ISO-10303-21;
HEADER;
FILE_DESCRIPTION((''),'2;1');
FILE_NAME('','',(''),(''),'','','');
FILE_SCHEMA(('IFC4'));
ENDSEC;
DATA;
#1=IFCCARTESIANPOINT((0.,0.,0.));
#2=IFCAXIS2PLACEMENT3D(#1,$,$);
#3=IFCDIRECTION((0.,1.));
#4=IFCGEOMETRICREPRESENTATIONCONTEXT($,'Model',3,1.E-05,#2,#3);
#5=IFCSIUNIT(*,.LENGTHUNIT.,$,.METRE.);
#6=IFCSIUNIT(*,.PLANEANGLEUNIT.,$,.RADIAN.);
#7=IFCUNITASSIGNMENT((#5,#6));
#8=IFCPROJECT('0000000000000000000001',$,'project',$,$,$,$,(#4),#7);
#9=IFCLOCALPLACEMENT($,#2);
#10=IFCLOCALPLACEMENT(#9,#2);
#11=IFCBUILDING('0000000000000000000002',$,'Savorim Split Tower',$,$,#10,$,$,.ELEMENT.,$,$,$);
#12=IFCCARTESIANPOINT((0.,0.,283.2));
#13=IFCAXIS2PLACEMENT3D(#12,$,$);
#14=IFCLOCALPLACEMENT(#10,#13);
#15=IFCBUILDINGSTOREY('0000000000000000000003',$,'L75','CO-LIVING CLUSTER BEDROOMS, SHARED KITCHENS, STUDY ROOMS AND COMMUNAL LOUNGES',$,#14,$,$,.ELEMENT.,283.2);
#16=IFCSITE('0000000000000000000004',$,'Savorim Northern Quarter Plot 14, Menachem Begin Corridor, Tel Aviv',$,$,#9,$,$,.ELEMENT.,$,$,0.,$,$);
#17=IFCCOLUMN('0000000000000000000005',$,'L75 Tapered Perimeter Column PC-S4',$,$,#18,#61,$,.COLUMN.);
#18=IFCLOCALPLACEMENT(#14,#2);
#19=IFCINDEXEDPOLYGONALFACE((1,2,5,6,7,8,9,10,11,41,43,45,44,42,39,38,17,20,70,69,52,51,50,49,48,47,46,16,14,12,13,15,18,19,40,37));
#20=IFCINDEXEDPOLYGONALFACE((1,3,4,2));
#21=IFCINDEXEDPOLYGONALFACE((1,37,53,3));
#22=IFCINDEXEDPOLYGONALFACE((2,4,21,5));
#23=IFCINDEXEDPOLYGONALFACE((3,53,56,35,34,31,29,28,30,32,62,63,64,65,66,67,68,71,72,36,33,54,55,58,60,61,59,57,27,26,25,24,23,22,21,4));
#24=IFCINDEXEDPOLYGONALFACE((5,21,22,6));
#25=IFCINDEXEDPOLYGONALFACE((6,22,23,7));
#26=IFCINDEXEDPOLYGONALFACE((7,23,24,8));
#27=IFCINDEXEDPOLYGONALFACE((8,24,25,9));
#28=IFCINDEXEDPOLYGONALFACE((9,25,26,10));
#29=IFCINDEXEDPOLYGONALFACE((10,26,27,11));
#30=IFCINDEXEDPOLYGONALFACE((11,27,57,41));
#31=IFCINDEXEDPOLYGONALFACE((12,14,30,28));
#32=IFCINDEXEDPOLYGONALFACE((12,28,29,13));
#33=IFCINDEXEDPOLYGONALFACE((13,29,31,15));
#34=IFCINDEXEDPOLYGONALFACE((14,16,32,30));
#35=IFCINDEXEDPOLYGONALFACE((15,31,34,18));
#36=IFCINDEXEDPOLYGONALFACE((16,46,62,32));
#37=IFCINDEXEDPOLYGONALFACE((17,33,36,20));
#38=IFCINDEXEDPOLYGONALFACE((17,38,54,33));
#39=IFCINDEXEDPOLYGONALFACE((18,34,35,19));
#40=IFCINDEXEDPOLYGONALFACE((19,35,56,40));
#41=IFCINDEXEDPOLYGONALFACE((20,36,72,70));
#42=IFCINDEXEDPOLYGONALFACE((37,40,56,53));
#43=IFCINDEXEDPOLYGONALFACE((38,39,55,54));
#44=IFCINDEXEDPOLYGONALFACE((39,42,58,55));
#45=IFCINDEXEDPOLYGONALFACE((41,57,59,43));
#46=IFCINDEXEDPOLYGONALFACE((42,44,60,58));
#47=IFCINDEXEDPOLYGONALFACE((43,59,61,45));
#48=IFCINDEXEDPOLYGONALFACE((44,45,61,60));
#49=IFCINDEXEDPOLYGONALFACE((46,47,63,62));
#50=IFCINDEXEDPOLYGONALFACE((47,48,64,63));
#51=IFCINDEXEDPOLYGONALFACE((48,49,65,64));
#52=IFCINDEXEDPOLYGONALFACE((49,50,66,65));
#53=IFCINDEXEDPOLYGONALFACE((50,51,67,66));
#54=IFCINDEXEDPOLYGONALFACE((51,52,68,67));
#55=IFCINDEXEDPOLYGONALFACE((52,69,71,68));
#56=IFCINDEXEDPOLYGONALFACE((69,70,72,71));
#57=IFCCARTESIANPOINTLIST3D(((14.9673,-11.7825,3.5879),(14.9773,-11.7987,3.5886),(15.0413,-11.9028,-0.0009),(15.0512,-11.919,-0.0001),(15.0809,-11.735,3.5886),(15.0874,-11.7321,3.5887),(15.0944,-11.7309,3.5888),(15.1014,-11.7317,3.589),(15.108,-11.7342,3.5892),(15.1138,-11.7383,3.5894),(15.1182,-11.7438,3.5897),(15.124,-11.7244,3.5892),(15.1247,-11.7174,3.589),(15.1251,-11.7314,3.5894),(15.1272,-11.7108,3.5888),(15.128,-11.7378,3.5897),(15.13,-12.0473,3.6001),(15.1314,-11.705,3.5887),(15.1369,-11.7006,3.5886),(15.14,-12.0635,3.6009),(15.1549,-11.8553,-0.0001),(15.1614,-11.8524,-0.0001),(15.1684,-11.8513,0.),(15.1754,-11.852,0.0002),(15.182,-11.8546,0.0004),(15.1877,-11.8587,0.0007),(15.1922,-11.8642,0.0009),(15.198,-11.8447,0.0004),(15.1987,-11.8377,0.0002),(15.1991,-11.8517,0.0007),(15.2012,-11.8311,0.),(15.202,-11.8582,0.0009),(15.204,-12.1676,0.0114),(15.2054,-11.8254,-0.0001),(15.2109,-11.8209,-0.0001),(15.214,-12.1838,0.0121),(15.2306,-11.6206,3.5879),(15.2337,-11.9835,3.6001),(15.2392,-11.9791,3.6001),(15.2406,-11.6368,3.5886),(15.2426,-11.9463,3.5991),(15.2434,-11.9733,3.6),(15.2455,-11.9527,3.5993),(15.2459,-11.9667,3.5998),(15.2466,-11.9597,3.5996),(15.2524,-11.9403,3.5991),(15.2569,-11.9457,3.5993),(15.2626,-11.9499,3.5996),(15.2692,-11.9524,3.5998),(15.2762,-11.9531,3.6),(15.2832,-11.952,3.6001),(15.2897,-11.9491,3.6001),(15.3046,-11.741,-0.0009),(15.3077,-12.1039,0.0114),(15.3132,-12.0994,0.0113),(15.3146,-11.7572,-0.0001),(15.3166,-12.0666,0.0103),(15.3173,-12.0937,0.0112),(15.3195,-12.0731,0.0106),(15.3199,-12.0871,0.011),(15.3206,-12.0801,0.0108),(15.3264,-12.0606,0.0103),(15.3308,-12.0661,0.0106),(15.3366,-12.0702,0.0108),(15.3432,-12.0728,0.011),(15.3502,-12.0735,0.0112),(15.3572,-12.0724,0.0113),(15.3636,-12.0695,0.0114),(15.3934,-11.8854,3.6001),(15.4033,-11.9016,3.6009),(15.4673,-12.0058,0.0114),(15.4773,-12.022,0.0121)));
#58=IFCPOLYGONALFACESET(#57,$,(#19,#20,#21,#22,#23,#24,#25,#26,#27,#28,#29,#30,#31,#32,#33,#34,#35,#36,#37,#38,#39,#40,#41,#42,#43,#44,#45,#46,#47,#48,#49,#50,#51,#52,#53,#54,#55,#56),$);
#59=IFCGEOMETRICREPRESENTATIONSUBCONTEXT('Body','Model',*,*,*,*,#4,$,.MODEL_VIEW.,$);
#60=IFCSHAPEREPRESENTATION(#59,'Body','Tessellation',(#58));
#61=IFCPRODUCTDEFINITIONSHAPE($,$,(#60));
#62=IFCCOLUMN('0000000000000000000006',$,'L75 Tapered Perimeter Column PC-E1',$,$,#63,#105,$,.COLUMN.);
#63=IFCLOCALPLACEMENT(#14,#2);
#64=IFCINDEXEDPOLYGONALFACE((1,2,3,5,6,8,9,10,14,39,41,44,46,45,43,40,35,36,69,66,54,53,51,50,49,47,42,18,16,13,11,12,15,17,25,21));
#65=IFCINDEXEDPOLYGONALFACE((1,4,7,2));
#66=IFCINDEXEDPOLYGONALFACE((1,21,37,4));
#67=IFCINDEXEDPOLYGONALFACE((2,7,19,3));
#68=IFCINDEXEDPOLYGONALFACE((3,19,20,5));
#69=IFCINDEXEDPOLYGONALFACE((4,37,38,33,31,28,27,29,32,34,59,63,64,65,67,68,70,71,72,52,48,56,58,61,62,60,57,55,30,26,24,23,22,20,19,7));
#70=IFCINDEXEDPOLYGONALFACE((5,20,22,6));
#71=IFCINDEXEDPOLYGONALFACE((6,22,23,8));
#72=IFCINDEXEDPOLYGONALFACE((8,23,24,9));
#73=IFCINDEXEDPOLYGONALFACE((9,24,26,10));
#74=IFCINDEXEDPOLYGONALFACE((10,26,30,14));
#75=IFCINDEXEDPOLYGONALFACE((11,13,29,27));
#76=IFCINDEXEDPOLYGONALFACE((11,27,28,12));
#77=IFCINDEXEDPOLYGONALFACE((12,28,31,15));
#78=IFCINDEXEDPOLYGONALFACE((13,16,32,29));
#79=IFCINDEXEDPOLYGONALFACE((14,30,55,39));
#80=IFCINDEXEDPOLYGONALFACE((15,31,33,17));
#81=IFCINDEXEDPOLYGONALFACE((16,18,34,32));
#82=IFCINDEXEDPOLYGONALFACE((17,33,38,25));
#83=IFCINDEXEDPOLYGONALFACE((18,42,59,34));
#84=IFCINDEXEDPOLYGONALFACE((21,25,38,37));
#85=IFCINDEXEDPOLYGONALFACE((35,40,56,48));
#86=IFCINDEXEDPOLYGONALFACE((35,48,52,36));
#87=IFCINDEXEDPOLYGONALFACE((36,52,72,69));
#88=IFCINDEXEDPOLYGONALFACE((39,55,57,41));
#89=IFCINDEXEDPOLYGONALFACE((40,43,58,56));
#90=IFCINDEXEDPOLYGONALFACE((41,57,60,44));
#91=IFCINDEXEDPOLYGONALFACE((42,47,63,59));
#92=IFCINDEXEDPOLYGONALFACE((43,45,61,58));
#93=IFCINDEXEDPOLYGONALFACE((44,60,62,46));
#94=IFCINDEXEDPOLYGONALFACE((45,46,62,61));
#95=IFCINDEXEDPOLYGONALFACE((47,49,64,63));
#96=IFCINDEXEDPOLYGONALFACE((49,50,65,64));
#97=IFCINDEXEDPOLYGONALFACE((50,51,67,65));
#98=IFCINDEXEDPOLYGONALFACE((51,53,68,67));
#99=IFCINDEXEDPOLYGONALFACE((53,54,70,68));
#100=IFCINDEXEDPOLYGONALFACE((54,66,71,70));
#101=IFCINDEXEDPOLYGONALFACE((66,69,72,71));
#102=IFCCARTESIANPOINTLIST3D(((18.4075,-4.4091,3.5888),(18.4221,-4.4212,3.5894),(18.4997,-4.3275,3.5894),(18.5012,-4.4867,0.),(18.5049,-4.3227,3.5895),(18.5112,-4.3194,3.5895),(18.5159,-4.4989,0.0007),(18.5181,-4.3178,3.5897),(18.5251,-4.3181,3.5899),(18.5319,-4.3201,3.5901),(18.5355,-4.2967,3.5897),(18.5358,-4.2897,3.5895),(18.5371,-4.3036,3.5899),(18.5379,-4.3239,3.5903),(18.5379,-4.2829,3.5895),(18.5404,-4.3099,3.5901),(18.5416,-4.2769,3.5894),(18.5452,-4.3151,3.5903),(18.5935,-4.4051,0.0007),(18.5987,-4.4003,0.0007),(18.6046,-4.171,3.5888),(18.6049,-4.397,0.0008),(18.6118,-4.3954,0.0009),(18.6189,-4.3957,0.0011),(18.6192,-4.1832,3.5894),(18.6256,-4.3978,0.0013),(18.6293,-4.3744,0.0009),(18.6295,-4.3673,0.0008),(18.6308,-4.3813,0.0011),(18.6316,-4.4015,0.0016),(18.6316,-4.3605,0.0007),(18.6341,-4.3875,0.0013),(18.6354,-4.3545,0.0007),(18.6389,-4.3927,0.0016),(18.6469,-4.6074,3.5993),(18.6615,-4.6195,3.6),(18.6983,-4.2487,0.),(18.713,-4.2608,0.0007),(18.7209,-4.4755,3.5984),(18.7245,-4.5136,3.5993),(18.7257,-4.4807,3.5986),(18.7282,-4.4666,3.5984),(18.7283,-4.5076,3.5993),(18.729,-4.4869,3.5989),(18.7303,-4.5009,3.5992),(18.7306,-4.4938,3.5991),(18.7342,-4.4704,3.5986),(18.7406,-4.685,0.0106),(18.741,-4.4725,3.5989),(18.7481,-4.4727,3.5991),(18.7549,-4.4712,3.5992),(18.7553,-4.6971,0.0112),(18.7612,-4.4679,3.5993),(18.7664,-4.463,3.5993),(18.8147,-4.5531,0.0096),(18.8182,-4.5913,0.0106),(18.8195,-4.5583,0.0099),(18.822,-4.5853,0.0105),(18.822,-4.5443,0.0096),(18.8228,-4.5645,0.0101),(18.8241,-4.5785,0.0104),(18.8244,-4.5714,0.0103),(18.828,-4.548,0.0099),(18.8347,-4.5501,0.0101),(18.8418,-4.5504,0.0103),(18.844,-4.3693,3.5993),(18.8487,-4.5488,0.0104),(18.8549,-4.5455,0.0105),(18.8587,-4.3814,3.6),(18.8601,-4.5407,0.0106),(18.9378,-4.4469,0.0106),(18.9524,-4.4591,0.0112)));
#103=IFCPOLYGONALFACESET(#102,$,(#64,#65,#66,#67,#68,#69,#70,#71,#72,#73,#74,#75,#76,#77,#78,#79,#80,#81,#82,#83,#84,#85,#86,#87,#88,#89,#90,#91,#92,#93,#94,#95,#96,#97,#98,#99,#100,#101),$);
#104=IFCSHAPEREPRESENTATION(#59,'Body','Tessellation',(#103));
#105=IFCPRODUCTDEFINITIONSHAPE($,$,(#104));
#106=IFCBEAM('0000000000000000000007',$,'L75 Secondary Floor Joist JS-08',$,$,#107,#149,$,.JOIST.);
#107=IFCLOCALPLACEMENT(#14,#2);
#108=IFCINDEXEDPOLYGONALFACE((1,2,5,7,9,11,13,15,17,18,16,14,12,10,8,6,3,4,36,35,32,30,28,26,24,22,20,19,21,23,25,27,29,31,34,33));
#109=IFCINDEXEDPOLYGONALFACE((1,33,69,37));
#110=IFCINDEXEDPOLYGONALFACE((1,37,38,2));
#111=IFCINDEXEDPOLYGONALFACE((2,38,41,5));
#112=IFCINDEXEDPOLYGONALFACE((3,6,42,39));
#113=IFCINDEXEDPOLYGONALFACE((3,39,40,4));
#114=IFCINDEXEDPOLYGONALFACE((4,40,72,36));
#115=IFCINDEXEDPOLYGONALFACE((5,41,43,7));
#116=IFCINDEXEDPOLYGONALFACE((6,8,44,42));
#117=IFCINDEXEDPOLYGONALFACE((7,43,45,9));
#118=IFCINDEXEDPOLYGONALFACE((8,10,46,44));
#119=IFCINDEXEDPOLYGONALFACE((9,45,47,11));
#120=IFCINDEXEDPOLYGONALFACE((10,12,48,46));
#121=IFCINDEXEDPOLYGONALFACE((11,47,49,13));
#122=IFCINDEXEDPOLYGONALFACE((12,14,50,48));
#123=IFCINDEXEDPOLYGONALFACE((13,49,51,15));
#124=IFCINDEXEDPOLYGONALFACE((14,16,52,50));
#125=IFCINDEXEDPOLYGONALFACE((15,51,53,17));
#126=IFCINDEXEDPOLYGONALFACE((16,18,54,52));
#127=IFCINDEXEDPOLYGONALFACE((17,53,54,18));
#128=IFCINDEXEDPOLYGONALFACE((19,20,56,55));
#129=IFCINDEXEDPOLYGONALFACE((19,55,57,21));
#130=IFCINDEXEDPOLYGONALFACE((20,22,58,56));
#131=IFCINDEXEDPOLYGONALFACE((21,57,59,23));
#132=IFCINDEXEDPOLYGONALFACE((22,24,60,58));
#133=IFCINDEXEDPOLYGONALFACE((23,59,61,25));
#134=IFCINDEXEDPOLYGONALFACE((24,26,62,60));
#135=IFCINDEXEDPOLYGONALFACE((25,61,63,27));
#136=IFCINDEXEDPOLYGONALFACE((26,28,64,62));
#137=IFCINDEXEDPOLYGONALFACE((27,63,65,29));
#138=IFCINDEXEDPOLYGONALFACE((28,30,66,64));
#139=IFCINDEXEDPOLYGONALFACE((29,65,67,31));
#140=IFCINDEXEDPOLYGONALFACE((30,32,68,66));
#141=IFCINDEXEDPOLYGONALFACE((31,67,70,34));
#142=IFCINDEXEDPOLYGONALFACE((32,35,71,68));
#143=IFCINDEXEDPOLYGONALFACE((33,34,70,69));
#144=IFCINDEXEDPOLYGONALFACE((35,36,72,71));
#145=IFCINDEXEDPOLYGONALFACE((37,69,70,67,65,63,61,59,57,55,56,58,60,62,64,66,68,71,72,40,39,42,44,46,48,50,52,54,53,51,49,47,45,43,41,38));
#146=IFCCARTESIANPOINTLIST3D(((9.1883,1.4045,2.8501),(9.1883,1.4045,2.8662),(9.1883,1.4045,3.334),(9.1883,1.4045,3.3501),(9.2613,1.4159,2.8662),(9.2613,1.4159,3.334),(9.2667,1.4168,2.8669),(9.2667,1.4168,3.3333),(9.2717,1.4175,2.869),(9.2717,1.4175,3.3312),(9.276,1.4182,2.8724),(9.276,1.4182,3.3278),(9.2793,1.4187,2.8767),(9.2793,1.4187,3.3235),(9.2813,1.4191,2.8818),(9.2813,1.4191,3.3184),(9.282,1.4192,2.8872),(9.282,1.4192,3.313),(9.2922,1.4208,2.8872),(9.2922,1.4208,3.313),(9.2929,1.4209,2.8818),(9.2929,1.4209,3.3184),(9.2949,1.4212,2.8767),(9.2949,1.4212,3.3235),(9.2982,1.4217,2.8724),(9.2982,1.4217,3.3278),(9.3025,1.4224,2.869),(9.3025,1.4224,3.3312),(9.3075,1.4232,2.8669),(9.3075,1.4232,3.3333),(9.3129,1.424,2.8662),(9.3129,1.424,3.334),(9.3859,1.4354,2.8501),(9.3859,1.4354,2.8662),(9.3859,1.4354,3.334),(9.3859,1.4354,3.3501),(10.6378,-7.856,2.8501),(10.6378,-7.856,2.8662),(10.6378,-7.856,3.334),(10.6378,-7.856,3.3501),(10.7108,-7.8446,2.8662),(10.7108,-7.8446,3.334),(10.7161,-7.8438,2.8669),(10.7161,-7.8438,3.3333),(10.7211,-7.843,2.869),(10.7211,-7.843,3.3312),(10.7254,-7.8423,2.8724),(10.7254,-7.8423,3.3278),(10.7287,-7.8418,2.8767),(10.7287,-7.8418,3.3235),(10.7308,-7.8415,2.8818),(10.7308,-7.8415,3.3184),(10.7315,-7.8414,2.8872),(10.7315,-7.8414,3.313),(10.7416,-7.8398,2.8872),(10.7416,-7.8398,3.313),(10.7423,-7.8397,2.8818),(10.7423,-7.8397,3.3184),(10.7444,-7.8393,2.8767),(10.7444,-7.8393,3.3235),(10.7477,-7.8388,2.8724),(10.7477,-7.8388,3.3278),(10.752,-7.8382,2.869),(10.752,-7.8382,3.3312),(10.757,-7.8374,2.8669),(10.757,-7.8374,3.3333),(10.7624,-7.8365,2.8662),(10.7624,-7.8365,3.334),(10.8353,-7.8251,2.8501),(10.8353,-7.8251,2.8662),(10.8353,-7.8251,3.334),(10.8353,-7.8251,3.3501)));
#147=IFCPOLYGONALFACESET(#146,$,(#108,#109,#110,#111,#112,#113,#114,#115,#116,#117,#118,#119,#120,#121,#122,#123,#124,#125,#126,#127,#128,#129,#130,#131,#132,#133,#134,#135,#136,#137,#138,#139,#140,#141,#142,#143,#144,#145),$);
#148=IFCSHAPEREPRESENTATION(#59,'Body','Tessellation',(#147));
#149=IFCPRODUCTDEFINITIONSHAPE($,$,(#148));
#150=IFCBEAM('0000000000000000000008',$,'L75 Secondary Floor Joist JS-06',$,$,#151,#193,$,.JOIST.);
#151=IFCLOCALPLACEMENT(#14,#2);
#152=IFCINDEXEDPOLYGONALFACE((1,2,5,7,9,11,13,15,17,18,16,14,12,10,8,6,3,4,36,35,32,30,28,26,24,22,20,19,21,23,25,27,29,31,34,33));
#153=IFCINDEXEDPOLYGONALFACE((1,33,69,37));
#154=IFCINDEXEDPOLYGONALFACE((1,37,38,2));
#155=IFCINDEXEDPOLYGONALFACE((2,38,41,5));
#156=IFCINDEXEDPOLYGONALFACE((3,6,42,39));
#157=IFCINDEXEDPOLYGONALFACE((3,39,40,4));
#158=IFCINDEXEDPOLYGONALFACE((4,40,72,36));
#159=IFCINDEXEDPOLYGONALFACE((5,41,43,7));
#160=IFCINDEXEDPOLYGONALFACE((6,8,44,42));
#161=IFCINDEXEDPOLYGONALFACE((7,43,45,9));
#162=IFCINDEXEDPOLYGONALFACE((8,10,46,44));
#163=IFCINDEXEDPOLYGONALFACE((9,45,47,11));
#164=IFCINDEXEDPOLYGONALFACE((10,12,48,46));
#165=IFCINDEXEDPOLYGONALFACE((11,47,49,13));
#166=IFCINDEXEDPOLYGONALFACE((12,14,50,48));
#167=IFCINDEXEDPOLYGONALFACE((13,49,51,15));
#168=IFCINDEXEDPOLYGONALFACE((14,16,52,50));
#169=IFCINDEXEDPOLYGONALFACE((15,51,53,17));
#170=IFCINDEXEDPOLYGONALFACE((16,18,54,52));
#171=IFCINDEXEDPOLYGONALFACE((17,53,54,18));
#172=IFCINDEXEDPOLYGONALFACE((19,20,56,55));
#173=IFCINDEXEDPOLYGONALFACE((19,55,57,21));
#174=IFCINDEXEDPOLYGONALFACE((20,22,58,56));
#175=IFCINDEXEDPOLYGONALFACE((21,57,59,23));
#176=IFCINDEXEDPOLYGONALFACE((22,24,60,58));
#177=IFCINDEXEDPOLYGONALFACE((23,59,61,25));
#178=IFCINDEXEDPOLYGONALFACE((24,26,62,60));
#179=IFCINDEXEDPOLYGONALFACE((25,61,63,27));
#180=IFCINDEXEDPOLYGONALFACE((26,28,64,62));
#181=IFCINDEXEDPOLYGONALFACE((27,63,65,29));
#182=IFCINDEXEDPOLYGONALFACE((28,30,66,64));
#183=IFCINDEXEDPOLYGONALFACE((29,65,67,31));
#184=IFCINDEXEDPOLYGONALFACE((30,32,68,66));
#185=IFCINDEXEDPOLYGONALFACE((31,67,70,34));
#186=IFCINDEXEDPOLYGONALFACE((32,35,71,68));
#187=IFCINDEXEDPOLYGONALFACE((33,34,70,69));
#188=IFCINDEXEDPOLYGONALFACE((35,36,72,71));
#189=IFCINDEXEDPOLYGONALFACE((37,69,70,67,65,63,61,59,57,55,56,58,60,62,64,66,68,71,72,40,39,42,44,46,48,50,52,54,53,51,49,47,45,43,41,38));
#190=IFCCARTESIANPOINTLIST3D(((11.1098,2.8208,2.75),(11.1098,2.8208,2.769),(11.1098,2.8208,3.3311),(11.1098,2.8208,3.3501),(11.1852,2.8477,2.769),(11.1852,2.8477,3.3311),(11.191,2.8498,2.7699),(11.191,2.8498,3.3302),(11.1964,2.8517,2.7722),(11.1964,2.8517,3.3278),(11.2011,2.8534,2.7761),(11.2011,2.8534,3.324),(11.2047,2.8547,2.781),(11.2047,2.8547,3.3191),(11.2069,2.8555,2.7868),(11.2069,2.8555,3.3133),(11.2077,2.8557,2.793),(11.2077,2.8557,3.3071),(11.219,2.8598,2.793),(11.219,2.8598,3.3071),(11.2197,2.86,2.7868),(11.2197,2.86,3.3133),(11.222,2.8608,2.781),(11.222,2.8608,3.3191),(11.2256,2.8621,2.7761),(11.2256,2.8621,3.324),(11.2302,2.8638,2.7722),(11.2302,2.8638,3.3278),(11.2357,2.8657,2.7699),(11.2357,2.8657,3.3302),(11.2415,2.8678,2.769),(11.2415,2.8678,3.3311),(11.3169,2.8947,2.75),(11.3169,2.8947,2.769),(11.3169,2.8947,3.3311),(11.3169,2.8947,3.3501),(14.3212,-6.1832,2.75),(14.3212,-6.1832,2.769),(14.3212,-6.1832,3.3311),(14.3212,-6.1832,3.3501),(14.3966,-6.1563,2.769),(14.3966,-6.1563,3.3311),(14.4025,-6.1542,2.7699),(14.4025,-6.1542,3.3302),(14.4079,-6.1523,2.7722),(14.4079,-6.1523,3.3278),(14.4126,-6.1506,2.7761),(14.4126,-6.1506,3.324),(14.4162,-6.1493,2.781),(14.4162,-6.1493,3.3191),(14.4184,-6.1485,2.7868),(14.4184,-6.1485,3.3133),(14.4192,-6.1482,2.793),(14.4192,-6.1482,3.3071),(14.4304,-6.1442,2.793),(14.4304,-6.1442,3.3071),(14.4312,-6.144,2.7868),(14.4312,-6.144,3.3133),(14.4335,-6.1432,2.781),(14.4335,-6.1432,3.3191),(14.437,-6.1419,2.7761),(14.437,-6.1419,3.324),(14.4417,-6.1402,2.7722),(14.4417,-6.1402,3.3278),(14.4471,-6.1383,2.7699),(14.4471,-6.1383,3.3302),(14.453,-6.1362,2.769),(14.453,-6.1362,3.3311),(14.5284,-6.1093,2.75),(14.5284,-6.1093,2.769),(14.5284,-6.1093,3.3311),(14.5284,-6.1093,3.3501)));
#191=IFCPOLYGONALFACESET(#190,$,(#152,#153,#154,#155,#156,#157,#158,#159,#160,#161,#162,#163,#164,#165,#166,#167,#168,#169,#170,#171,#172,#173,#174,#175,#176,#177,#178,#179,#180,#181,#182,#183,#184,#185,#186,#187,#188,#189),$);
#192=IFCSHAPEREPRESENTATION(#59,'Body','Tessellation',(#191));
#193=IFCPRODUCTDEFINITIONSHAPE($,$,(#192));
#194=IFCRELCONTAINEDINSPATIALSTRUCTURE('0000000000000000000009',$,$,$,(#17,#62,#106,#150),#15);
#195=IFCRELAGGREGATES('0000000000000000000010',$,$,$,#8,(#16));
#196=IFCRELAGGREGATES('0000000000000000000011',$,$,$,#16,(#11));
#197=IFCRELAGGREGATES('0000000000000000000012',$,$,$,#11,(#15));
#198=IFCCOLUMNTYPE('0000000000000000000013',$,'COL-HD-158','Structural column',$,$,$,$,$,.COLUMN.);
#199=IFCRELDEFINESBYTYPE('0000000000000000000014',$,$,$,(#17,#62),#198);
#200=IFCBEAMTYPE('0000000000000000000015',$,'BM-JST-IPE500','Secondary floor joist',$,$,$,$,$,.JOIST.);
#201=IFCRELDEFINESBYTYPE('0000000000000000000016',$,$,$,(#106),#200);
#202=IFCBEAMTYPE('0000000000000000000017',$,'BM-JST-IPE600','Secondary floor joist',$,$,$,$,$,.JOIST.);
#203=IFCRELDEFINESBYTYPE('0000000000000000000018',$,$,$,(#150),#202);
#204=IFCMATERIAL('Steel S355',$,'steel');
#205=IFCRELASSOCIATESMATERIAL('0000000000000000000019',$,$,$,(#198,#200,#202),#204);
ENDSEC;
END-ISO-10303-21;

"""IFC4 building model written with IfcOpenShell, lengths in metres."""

from ifc_helpers import new_model, si_unit, direction, frame, origin, origin_2d, place, context, subcontext, project, spatial, i_section, extrude, material, material_profile, profile_set, type_object, element, save


model = new_model("IFC4")

# Units and contexts
model_context = context("Model", 3, precision=1e-05, world=origin(), true_north=direction((0.0, 1.0)))
body_context = subcontext(model_context, "Body", "Model", "MODEL_VIEW")
ifc_project = project(units=[si_unit("LENGTHUNIT", "METRE"), si_unit("PLANEANGLEUNIT", "RADIAN")], contexts=[model_context])

# Site, building, storey
site_placement = place(None, origin())
site = spatial("IfcSite", under=ifc_project, at=site_placement, Name="Savorim Northern Quarter Plot 14, Menachem Begin Corridor, Tel Aviv", CompositionType="ELEMENT", RefElevation=0.0)
building_placement = place(site_placement, origin())
building = spatial("IfcBuilding", under=site, at=building_placement, Name="Savorim Split Tower", CompositionType="ELEMENT")
storey_placement = place(building_placement, frame((0.0, 0.0, 283.2)))
storey = spatial("IfcBuildingStorey", under=building, at=storey_placement, Name="L75", Description="CO-LIVING CLUSTER BEDROOMS, SHARED KITCHENS, STUDY ROOMS AND COMMUNAL LOUNGES", CompositionType="ELEMENT", Elevation=283.2)

# Columns
ifc_material_1 = material(Name="Steel S355", Category="steel")
ifc_material_profile_1 = material_profile(ifc_material_1, i_section(OverallWidth=0.3091, OverallDepth=0.3301, WebThickness=0.0115, FlangeThickness=0.019, FilletRadius=0.0271, at=origin_2d()), Name="HD 320x158")
ifc_profile_set_1 = profile_set([ifc_material_profile_1], Name="Steel S355")
column_type = type_object("IfcColumnType", Name="COL-HD-158", Description="Structural column", PredefinedType="COLUMN", material=ifc_profile_set_1)
column_1_placement = place(storey_placement, frame((15.2593, -11.9624, 0.0056), z_axis=(-0.020596, 0.033511, 0.999226), x_axis=(-0.851955, -0.523615, 0.0)))
element("IfcColumn", 1, at=column_1_placement, inside=storey, type_object=column_type, Name="L75 Tapered Perimeter Column PC-S4", PredefinedType="COLUMN", context=body_context, shape_type="SweptSolid", body=[
    extrude(i_section(OverallWidth=0.3091, OverallDepth=0.3301, WebThickness=0.0115, FlangeThickness=0.019, FilletRadius=0.0271, at=origin_2d()), origin(), (0.0, 0.0, 1.0), 3.5916),
])
column_2_placement = place(storey_placement, frame((18.7268, -4.4729, 0.0056), z_axis=(-0.026107, 0.02162, 0.999425), x_axis=(-0.637814, -0.77019, 0.0)))
element("IfcColumn", 2, at=column_2_placement, inside=storey, type_object=column_type, Name="L75 Tapered Perimeter Column PC-E1", PredefinedType="COLUMN", context=body_context, shape_type="SweptSolid", body=[
    extrude(i_section(OverallWidth=0.3091, OverallDepth=0.3301, WebThickness=0.0115, FlangeThickness=0.019, FilletRadius=0.0271, at=origin_2d()), origin(), (0.0, 0.0, 1.0), 3.5908),
])

# Beams
ifc_material_profile_2 = material_profile(ifc_material_1, i_section(OverallWidth=0.2, OverallDepth=0.5, WebThickness=0.0103, FlangeThickness=0.0161, FilletRadius=0.021, at=origin_2d()), Name="IPE 500")
ifc_profile_set_2 = profile_set([ifc_material_profile_2], Name="Steel S355")
beam_type_1 = type_object("IfcBeamType", Name="BM-JST-IPE500", Description="Secondary floor joist", PredefinedType="JOIST", material=ifc_profile_set_2)
beam_1_placement = place(storey_placement, frame((10.7366, -7.8406, 3.1001), z_axis=(-0.154638, 0.987971, 0.0), x_axis=(-0.987971, -0.154638, 0.0)))
element("IfcBeam", 3, at=beam_1_placement, inside=storey, type_object=beam_type_1, Name="L75 Secondary Floor Joist JS-08", PredefinedType="JOIST", context=body_context, shape_type="SweptSolid", body=[
    extrude(i_section(OverallWidth=0.2, OverallDepth=0.5, WebThickness=0.0103, FlangeThickness=0.0161, FilletRadius=0.021, at=origin_2d()), origin(), (0.0, 0.0, 1.0), 9.3733),
])
ifc_material_profile_3 = material_profile(ifc_material_1, i_section(OverallWidth=0.22, OverallDepth=0.6001, WebThickness=0.012, FlangeThickness=0.019, FilletRadius=0.0239, at=origin_2d()), Name="IPE 600")
ifc_profile_set_3 = profile_set([ifc_material_profile_3], Name="Steel S355")
beam_type_2 = type_object("IfcBeamType", Name="BM-JST-IPE600", Description="Secondary floor joist", PredefinedType="JOIST", material=ifc_profile_set_3)
beam_2_placement = place(storey_placement, frame((14.4248, -6.1462, 3.05), z_axis=(-0.335942, 0.941883, 0.0), x_axis=(-0.941883, -0.335942, 0.0)))
element("IfcBeam", 4, at=beam_2_placement, inside=storey, type_object=beam_type_2, Name="L75 Secondary Floor Joist JS-06", PredefinedType="JOIST", context=body_context, shape_type="SweptSolid", body=[
    extrude(i_section(OverallWidth=0.22, OverallDepth=0.6001, WebThickness=0.012, FlangeThickness=0.019, FilletRadius=0.0239, at=origin_2d()), origin(), (0.0, 0.0, 1.0), 9.5596),
])

save(model, "model.ifc")
